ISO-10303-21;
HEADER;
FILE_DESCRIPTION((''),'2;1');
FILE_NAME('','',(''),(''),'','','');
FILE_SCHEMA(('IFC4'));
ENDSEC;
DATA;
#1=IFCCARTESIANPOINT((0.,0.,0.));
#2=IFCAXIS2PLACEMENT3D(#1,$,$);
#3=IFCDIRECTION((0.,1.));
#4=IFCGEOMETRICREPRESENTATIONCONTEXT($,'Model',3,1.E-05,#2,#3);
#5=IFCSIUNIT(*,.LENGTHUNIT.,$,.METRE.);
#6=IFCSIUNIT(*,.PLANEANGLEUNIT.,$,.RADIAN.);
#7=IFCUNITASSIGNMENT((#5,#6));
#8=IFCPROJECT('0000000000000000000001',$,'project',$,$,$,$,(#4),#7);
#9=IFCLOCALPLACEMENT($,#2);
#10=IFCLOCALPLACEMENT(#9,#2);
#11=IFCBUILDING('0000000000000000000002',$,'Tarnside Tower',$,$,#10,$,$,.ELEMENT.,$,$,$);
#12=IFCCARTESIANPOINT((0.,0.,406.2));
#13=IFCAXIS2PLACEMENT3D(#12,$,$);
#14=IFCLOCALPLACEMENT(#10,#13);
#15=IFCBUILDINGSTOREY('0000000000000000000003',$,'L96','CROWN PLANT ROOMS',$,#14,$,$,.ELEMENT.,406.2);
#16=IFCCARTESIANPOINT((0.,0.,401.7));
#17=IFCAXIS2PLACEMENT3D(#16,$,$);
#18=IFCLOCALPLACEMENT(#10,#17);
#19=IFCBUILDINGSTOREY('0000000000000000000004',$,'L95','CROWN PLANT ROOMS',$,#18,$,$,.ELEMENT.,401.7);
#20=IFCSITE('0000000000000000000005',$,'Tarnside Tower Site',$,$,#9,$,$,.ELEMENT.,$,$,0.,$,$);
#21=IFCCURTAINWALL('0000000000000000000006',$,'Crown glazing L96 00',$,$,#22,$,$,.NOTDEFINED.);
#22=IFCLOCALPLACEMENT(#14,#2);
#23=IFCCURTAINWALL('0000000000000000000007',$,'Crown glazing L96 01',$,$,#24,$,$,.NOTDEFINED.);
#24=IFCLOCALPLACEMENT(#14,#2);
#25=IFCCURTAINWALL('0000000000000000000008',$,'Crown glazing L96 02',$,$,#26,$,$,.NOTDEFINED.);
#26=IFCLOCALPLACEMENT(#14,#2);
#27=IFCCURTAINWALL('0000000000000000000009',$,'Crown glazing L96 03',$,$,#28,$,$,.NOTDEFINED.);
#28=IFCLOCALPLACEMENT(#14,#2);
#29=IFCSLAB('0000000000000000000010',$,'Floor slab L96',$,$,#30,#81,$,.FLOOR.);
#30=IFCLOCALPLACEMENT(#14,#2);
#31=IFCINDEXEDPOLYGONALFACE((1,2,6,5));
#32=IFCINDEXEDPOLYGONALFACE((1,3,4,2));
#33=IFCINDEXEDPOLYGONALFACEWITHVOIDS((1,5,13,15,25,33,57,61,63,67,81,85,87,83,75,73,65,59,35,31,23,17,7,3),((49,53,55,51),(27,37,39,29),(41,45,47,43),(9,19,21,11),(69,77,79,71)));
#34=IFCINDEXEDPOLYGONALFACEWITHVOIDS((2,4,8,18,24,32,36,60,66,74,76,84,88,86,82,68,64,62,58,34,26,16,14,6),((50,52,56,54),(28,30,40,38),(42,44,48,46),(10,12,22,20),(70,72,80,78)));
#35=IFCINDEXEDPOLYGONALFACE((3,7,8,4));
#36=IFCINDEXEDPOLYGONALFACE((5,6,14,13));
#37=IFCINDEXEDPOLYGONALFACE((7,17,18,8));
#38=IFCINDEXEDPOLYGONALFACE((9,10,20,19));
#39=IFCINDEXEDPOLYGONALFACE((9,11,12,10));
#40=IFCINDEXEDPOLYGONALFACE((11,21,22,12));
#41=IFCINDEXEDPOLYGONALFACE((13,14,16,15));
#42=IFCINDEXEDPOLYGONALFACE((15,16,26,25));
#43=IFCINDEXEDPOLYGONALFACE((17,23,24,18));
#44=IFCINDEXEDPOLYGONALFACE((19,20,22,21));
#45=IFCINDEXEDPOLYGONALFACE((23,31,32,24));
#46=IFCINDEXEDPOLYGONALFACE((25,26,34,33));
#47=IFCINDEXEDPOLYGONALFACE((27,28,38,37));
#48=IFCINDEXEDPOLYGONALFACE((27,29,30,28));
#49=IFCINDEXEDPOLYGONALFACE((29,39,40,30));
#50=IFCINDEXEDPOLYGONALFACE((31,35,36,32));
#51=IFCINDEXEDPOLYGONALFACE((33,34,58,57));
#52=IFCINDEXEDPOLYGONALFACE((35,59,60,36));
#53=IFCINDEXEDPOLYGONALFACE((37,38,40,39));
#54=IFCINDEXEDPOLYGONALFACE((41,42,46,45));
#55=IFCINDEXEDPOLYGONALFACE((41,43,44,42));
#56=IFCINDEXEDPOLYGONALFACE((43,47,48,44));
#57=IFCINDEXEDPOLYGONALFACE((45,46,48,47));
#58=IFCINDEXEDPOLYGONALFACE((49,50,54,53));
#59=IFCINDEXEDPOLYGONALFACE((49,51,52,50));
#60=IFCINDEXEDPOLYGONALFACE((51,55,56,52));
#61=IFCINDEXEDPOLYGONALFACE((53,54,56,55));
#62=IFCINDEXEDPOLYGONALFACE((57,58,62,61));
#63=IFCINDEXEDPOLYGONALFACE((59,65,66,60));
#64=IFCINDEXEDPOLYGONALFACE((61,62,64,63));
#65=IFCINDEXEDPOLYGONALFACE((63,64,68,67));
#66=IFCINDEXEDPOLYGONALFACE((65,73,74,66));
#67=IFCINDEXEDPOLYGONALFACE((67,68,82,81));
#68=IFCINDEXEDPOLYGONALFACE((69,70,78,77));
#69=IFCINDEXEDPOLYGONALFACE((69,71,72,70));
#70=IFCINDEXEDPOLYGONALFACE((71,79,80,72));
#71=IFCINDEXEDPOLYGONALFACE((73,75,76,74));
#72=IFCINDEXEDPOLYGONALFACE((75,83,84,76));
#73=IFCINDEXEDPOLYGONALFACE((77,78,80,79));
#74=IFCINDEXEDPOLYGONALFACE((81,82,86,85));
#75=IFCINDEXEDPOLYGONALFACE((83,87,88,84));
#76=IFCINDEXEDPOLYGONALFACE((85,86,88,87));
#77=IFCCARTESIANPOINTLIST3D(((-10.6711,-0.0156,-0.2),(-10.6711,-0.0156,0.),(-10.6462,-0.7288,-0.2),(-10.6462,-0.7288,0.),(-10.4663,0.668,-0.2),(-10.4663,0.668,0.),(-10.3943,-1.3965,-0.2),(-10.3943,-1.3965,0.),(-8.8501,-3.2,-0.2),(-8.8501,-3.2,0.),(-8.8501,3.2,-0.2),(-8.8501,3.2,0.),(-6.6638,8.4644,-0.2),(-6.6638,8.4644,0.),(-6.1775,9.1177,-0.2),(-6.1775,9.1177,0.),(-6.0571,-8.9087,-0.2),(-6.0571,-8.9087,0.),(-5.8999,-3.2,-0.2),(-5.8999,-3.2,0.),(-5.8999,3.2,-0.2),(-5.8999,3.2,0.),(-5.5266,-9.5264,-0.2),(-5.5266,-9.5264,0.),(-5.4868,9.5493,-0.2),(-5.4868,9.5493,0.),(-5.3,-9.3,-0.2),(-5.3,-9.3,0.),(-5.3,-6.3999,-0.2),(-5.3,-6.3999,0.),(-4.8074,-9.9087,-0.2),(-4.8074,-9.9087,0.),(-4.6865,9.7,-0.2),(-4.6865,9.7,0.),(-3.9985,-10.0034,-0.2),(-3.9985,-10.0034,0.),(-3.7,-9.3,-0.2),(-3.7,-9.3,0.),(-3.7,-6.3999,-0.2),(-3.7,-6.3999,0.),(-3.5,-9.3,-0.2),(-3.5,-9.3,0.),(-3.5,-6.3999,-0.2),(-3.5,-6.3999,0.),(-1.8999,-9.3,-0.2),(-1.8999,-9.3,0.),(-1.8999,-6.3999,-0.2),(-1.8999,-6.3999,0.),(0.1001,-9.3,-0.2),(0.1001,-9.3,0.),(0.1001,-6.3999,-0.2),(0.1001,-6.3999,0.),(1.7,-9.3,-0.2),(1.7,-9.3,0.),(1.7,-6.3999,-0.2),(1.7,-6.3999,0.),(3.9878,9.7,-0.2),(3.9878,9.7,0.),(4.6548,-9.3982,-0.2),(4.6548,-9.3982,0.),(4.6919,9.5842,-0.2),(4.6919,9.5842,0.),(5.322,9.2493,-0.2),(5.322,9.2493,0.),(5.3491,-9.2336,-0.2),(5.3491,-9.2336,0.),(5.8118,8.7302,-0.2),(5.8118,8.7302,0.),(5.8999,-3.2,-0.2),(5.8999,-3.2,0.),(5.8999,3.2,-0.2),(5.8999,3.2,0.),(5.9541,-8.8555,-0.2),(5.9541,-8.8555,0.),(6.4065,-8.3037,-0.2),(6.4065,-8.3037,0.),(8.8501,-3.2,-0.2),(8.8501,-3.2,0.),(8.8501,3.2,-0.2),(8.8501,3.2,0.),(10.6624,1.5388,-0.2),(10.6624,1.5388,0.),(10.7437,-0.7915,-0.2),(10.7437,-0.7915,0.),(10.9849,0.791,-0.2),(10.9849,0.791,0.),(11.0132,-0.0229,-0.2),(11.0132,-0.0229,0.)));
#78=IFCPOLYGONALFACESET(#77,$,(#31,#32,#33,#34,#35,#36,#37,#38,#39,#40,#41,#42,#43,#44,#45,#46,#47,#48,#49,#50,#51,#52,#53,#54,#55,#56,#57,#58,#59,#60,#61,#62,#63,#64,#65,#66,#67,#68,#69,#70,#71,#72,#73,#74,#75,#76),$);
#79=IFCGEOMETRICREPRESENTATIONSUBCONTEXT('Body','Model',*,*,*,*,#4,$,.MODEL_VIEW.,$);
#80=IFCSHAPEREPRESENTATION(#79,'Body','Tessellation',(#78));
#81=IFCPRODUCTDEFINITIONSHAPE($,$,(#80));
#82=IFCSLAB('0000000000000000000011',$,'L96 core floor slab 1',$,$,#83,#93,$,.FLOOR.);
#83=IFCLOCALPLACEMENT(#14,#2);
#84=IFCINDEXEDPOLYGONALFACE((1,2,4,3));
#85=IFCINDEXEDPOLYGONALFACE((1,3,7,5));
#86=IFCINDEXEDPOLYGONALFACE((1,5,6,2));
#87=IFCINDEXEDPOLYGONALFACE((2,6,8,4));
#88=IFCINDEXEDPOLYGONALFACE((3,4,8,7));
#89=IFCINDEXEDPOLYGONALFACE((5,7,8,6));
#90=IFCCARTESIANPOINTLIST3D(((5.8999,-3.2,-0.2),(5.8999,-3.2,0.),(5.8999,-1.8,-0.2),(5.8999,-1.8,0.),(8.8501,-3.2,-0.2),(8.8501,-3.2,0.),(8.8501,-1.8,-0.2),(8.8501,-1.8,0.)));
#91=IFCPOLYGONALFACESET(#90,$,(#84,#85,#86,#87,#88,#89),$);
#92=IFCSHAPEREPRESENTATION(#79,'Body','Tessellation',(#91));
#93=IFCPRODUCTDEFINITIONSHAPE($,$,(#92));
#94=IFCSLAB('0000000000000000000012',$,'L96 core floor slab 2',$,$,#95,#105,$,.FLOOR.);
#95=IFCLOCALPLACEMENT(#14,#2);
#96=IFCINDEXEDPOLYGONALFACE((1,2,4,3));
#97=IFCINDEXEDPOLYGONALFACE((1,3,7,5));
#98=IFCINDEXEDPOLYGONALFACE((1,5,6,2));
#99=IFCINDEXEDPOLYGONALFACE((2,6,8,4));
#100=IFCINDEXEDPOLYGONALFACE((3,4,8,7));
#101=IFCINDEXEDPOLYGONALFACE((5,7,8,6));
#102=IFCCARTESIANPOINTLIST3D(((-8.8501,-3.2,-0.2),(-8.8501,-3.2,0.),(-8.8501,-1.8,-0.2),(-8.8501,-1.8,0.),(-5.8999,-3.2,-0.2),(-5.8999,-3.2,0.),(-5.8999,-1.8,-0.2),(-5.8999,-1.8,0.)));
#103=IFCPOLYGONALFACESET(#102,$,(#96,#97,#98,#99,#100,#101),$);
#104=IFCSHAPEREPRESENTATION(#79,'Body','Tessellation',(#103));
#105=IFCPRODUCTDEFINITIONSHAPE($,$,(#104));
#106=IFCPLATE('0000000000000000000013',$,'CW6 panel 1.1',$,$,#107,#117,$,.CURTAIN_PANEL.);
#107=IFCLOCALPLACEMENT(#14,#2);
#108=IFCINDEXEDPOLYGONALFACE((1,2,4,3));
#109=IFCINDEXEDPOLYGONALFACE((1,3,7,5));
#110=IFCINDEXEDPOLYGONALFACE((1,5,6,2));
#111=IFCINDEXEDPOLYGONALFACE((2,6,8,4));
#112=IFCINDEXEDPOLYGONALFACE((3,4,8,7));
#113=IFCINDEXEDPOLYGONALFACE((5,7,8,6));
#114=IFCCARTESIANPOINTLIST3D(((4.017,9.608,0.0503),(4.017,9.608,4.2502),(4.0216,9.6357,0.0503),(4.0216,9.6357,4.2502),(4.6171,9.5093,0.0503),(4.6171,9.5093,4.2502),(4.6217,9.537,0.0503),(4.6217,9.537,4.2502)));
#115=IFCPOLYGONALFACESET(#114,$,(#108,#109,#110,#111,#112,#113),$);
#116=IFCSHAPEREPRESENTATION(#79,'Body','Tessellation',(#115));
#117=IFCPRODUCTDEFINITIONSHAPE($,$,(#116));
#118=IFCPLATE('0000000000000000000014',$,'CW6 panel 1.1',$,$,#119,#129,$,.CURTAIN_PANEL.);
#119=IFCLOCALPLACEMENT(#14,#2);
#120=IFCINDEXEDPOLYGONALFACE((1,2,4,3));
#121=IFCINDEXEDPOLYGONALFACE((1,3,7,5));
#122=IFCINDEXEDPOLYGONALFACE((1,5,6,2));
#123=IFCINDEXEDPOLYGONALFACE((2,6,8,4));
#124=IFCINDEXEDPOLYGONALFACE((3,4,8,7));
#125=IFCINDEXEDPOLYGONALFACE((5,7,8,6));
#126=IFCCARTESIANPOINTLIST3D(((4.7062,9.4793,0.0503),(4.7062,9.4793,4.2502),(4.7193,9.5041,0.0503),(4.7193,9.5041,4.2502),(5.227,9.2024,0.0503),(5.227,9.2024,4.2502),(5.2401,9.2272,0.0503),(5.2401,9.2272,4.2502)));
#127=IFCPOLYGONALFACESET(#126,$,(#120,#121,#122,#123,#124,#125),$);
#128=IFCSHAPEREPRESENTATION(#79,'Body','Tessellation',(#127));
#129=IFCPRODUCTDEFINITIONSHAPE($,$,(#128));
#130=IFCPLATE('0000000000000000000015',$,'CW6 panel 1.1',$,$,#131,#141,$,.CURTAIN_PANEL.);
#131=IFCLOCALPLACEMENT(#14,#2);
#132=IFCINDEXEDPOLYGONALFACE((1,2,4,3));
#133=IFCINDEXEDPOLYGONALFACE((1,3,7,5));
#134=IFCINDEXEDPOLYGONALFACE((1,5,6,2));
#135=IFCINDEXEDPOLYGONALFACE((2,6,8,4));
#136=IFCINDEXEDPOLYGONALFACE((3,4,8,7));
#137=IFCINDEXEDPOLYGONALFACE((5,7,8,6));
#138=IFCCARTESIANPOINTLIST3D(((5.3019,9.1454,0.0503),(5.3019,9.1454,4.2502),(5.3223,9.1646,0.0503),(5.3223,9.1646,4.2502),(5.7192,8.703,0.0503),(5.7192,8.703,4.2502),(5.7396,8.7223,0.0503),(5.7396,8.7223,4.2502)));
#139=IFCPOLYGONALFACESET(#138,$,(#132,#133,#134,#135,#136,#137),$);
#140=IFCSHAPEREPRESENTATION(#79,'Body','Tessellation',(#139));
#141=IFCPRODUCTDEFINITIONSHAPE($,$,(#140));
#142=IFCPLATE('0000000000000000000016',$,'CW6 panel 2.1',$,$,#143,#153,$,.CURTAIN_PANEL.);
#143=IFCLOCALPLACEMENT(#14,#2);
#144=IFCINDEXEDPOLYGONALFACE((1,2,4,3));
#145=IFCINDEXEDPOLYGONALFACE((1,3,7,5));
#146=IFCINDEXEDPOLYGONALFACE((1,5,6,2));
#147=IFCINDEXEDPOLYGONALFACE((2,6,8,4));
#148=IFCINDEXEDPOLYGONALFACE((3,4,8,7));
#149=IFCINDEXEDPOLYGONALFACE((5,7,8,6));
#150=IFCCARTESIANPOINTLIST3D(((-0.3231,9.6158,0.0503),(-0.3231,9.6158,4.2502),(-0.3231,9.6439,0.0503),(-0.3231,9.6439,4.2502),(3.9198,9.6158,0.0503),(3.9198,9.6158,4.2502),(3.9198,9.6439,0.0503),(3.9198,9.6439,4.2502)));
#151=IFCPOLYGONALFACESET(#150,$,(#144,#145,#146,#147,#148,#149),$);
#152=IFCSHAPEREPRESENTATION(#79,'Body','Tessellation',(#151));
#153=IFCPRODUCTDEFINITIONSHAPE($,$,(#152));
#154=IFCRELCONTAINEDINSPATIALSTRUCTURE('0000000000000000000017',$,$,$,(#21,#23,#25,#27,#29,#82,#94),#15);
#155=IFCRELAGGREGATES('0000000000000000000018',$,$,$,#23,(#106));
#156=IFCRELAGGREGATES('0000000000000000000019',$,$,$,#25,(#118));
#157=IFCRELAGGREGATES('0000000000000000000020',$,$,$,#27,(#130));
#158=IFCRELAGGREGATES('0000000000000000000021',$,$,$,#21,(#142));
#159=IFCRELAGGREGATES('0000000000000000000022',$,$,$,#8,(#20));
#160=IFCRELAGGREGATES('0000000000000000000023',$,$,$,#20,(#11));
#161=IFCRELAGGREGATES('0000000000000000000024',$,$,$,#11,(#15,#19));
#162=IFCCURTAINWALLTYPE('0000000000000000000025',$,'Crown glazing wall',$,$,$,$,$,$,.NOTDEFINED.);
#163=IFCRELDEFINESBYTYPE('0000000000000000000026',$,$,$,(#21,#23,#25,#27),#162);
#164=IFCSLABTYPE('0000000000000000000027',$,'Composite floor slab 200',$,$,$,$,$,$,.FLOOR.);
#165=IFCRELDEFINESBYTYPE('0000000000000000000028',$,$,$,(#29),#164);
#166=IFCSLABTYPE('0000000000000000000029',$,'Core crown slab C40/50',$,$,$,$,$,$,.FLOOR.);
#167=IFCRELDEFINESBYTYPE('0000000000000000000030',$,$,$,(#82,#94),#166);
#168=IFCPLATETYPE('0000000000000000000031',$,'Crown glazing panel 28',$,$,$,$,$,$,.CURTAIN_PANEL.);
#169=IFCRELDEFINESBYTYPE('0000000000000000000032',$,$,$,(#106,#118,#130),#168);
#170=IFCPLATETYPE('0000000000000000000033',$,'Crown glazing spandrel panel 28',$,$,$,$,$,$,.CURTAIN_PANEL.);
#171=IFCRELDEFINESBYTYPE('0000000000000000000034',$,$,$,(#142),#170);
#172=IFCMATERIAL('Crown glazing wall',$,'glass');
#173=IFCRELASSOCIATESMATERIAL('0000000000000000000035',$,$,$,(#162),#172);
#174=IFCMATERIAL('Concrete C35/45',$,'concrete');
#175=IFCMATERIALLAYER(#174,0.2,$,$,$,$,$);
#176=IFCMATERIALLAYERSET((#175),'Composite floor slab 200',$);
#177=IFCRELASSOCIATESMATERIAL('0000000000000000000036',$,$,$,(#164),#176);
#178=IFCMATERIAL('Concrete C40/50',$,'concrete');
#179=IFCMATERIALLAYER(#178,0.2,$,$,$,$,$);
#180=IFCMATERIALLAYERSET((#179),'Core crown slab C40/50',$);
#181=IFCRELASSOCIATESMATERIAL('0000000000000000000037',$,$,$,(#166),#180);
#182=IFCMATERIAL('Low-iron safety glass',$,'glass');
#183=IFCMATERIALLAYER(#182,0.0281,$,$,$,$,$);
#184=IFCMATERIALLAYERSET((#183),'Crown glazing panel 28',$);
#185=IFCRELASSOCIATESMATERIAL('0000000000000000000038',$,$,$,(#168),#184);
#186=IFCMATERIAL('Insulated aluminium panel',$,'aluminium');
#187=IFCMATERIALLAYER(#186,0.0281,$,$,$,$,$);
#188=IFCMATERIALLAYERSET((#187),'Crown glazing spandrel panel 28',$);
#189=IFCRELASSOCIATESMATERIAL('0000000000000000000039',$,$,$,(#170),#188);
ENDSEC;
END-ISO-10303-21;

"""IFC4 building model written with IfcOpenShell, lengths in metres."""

from ifc_helpers import new_model, si_unit, direction, frame, origin, origin_2d, place, context, subcontext, project, spatial, polyline, rectangle, outline, extrude, material, layer, layer_set, type_object, element, aggregate, save


model = new_model("IFC4")

# Units and contexts
model_context = context("Model", 3, precision=1e-05, world=origin(), true_north=direction((0.0, 1.0)))
body_context = subcontext(model_context, "Body", "Model", "MODEL_VIEW")
ifc_project = project(units=[si_unit("LENGTHUNIT", "METRE"), si_unit("PLANEANGLEUNIT", "RADIAN")], contexts=[model_context])

# Site, building, storey
site_placement = place(None, origin())
site = spatial("IfcSite", under=ifc_project, at=site_placement, Name="Tarnside Tower Site", CompositionType="ELEMENT", RefElevation=0.0)
building_placement = place(site_placement, origin())
building = spatial("IfcBuilding", under=site, at=building_placement, Name="Tarnside Tower", CompositionType="ELEMENT")
storey_1_placement = place(building_placement, frame((0.0, 0.0, 406.2)))
storey_1 = spatial("IfcBuildingStorey", under=building, at=storey_1_placement, Name="L96", Description="CROWN PLANT ROOMS", CompositionType="ELEMENT", Elevation=406.2)

# Curtain wall
ifc_material_1 = material(Name="Crown glazing wall", Category="glass")
curtain_wall_type = type_object("IfcCurtainWallType", Name="Crown glazing wall", PredefinedType="NOTDEFINED", material=ifc_material_1)
curtain_wall_1_placement = place(storey_1_placement, origin())
curtain_wall_1 = element("IfcCurtainWall", 1, at=curtain_wall_1_placement, inside=storey_1, type_object=curtain_wall_type, Name="Crown glazing L96 00", PredefinedType="NOTDEFINED")

# Curtain walls
curtain_wall_2_placement = place(storey_1_placement, origin())
curtain_wall_2 = element("IfcCurtainWall", 2, at=curtain_wall_2_placement, inside=storey_1, type_object=curtain_wall_type, Name="Crown glazing L96 01", PredefinedType="NOTDEFINED")
curtain_wall_3_placement = place(storey_1_placement, origin())
curtain_wall_3 = element("IfcCurtainWall", 3, at=curtain_wall_3_placement, inside=storey_1, type_object=curtain_wall_type, Name="Crown glazing L96 02", PredefinedType="NOTDEFINED")
curtain_wall_4_placement = place(storey_1_placement, origin())
curtain_wall_4 = element("IfcCurtainWall", 4, at=curtain_wall_4_placement, inside=storey_1, type_object=curtain_wall_type, Name="Crown glazing L96 03", PredefinedType="NOTDEFINED")

# Slabs
ifc_material_2 = material(Name="Concrete C35/45", Category="concrete")
ifc_layer_1 = layer(ifc_material_2, 0.2)
ifc_layer_set_1 = layer_set([ifc_layer_1], Name="Composite floor slab 200")
slab_type_1 = type_object("IfcSlabType", Name="Composite floor slab 200", PredefinedType="FLOOR", material=ifc_layer_set_1)
slab_1_placement = place(storey_1_placement, frame((0.0, 0.0, -0.2)))
element("IfcSlab", 5, at=slab_1_placement, inside=storey_1, type_object=slab_type_1, Name="Floor slab L96", PredefinedType="FLOOR", context=body_context, shape_type="SweptSolid", body=[
    extrude(outline(polyline([(4.6919, 9.5842), (5.322, 9.2493), (5.8118, 8.7302), (10.6624, 1.5388), (10.9849, 0.791), (11.0132, -0.0229), (10.7437, -0.7915), (6.4065, -8.3037), (5.9541, -8.8555), (5.3491, -9.2336), (4.6548, -9.3982), (-3.9985, -10.0034), (-4.8074, -9.9087), (-5.5266, -9.5264), (-6.0571, -8.9087), (-10.3943, -1.3965), (-10.6462, -0.7288), (-10.6711, -0.0156), (-10.4663, 0.668), (-6.6638, 8.4644), (-6.1775, 9.1177), (-5.4868, 9.5493), (-4.6865, 9.7), (3.9878, 9.7), (4.6919, 9.5842)]), holes=[polyline([(-5.3, -6.3999), (-5.3, -9.3), (-3.7, -9.3), (-3.7, -6.3999), (-5.3, -6.3999)]), polyline([(-3.5, -6.3999), (-3.5, -9.3), (-1.8999, -9.3), (-1.8999, -6.3999), (-3.5, -6.3999)]), polyline([(0.1001, -6.3999), (0.1001, -9.3), (1.7, -9.3), (1.7, -6.3999), (0.1001, -6.3999)]), polyline([(-5.8999, 3.2), (-8.8501, 3.2), (-8.8501, -3.2), (-5.8999, -3.2), (-5.8999, 3.2)]), polyline([(8.8501, 3.2), (5.8999, 3.2), (5.8999, -3.2), (8.8501, -3.2), (8.8501, 3.2)])]), origin(), (0.0, 0.0, 1.0), 0.2),
])
ifc_material_3 = material(Name="Concrete C40/50", Category="concrete")
ifc_layer_2 = layer(ifc_material_3, 0.2)
ifc_layer_set_2 = layer_set([ifc_layer_2], Name="Core crown slab C40/50")
slab_type_2 = type_object("IfcSlabType", Name="Core crown slab C40/50", PredefinedType="FLOOR", material=ifc_layer_set_2)
slab_2_placement = place(storey_1_placement, frame((0.0, 0.0, -0.2)))
element("IfcSlab", 6, at=slab_2_placement, inside=storey_1, type_object=slab_type_2, Name="L96 core floor slab 1", PredefinedType="FLOOR", context=body_context, shape_type="SweptSolid", body=[
    extrude(outline(polyline([(8.8501, -3.2), (5.8999, -3.2), (5.8999, 3.2), (5.8999, 3.2), (5.8999, -1.8), (8.8501, -1.8), (8.8501, -3.2)])), origin(), (0.0, 0.0, 1.0), 0.2),
])
slab_3_placement = place(storey_1_placement, frame((0.0, 0.0, -0.2)))
element("IfcSlab", 7, at=slab_3_placement, inside=storey_1, type_object=slab_type_2, Name="L96 core floor slab 2", PredefinedType="FLOOR", context=body_context, shape_type="SweptSolid", body=[
    extrude(outline(polyline([(-5.8999, -3.2), (-8.8501, -3.2), (-8.8501, -1.8), (-5.8999, -1.8), (-5.8999, -3.2)])), origin(), (0.0, 0.0, 1.0), 0.2),
])

# Plates
ifc_material_4 = material(Name="Low-iron safety glass", Category="glass")
ifc_layer_3 = layer(ifc_material_4, 0.0281)
ifc_layer_set_3 = layer_set([ifc_layer_3], Name="Crown glazing panel 28")
plate_type_1 = type_object("IfcPlateType", Name="Crown glazing panel 28", PredefinedType="CURTAIN_PANEL", material=ifc_layer_set_3)
plate_1_placement = place(storey_1_placement, frame((4.3193, 9.5725, 0.0503), z_axis=(0.0, 0.0, 1.0), x_axis=(0.986762, -0.162178, 0.0)))
plate_1 = element("IfcPlate", 8, at=plate_1_placement, type_object=plate_type_1, Name="CW6 panel 1.1", PredefinedType="CURTAIN_PANEL", context=body_context, shape_type="SweptSolid", body=[
    extrude(rectangle(XDim=0.6082, YDim=0.0281, at=origin_2d()), origin(), (0.0, 0.0, 1.0), 4.2),
])
aggregate(curtain_wall_2, [plate_1])
plate_2_placement = place(storey_1_placement, frame((4.9731, 9.3533, 0.0503), z_axis=(0.0, 0.0, 1.0), x_axis=(0.882948, -0.469472, 0.0)))
plate_2 = element("IfcPlate", 9, at=plate_2_placement, type_object=plate_type_1, Name="CW6 panel 1.1", PredefinedType="CURTAIN_PANEL", context=body_context, shape_type="SweptSolid", body=[
    extrude(rectangle(XDim=0.5898, YDim=0.0281, at=origin_2d()), origin(), (0.0, 0.0, 1.0), 4.2),
])
aggregate(curtain_wall_3, [plate_2])
plate_3_placement = place(storey_1_placement, frame((5.5208, 8.9338, 0.0503), z_axis=(0.0, 0.0, 1.0), x_axis=(0.686242, -0.727374, 0.0)))
plate_3 = element("IfcPlate", 10, at=plate_3_placement, type_object=plate_type_1, Name="CW6 panel 1.1", PredefinedType="CURTAIN_PANEL", context=body_context, shape_type="SweptSolid", body=[
    extrude(rectangle(XDim=0.6082, YDim=0.0281, at=origin_2d()), origin(), (0.0, 0.0, 1.0), 4.2),
])
aggregate(curtain_wall_4, [plate_3])
ifc_material_5 = material(Name="Insulated aluminium panel", Category="aluminium")
ifc_layer_4 = layer(ifc_material_5, 0.0281)
ifc_layer_set_4 = layer_set([ifc_layer_4], Name="Crown glazing spandrel panel 28")
plate_type_2 = type_object("IfcPlateType", Name="Crown glazing spandrel panel 28", PredefinedType="CURTAIN_PANEL", material=ifc_layer_set_4)
plate_4_placement = place(storey_1_placement, frame((1.7983, 9.6299, 0.0503), z_axis=(0.0, 0.0, 1.0), x_axis=(1.0, 0.0, 0.0)))
plate_4 = element("IfcPlate", 11, at=plate_4_placement, type_object=plate_type_2, Name="CW6 panel 2.1", PredefinedType="CURTAIN_PANEL", context=body_context, shape_type="SweptSolid", body=[
    extrude(rectangle(XDim=4.2429, YDim=0.0281, at=origin_2d()), origin(), (0.0, 0.0, 1.0), 4.2),
])
aggregate(curtain_wall_1, [plate_4])

# Shared definitions
storey_2_placement = place(building_placement, frame((0.0, 0.0, 401.7)))
storey_2 = spatial("IfcBuildingStorey", under=building, at=storey_2_placement, Name="L95", Description="CROWN PLANT ROOMS", CompositionType="ELEMENT", Elevation=401.7)

save(model, "model.ifc")
